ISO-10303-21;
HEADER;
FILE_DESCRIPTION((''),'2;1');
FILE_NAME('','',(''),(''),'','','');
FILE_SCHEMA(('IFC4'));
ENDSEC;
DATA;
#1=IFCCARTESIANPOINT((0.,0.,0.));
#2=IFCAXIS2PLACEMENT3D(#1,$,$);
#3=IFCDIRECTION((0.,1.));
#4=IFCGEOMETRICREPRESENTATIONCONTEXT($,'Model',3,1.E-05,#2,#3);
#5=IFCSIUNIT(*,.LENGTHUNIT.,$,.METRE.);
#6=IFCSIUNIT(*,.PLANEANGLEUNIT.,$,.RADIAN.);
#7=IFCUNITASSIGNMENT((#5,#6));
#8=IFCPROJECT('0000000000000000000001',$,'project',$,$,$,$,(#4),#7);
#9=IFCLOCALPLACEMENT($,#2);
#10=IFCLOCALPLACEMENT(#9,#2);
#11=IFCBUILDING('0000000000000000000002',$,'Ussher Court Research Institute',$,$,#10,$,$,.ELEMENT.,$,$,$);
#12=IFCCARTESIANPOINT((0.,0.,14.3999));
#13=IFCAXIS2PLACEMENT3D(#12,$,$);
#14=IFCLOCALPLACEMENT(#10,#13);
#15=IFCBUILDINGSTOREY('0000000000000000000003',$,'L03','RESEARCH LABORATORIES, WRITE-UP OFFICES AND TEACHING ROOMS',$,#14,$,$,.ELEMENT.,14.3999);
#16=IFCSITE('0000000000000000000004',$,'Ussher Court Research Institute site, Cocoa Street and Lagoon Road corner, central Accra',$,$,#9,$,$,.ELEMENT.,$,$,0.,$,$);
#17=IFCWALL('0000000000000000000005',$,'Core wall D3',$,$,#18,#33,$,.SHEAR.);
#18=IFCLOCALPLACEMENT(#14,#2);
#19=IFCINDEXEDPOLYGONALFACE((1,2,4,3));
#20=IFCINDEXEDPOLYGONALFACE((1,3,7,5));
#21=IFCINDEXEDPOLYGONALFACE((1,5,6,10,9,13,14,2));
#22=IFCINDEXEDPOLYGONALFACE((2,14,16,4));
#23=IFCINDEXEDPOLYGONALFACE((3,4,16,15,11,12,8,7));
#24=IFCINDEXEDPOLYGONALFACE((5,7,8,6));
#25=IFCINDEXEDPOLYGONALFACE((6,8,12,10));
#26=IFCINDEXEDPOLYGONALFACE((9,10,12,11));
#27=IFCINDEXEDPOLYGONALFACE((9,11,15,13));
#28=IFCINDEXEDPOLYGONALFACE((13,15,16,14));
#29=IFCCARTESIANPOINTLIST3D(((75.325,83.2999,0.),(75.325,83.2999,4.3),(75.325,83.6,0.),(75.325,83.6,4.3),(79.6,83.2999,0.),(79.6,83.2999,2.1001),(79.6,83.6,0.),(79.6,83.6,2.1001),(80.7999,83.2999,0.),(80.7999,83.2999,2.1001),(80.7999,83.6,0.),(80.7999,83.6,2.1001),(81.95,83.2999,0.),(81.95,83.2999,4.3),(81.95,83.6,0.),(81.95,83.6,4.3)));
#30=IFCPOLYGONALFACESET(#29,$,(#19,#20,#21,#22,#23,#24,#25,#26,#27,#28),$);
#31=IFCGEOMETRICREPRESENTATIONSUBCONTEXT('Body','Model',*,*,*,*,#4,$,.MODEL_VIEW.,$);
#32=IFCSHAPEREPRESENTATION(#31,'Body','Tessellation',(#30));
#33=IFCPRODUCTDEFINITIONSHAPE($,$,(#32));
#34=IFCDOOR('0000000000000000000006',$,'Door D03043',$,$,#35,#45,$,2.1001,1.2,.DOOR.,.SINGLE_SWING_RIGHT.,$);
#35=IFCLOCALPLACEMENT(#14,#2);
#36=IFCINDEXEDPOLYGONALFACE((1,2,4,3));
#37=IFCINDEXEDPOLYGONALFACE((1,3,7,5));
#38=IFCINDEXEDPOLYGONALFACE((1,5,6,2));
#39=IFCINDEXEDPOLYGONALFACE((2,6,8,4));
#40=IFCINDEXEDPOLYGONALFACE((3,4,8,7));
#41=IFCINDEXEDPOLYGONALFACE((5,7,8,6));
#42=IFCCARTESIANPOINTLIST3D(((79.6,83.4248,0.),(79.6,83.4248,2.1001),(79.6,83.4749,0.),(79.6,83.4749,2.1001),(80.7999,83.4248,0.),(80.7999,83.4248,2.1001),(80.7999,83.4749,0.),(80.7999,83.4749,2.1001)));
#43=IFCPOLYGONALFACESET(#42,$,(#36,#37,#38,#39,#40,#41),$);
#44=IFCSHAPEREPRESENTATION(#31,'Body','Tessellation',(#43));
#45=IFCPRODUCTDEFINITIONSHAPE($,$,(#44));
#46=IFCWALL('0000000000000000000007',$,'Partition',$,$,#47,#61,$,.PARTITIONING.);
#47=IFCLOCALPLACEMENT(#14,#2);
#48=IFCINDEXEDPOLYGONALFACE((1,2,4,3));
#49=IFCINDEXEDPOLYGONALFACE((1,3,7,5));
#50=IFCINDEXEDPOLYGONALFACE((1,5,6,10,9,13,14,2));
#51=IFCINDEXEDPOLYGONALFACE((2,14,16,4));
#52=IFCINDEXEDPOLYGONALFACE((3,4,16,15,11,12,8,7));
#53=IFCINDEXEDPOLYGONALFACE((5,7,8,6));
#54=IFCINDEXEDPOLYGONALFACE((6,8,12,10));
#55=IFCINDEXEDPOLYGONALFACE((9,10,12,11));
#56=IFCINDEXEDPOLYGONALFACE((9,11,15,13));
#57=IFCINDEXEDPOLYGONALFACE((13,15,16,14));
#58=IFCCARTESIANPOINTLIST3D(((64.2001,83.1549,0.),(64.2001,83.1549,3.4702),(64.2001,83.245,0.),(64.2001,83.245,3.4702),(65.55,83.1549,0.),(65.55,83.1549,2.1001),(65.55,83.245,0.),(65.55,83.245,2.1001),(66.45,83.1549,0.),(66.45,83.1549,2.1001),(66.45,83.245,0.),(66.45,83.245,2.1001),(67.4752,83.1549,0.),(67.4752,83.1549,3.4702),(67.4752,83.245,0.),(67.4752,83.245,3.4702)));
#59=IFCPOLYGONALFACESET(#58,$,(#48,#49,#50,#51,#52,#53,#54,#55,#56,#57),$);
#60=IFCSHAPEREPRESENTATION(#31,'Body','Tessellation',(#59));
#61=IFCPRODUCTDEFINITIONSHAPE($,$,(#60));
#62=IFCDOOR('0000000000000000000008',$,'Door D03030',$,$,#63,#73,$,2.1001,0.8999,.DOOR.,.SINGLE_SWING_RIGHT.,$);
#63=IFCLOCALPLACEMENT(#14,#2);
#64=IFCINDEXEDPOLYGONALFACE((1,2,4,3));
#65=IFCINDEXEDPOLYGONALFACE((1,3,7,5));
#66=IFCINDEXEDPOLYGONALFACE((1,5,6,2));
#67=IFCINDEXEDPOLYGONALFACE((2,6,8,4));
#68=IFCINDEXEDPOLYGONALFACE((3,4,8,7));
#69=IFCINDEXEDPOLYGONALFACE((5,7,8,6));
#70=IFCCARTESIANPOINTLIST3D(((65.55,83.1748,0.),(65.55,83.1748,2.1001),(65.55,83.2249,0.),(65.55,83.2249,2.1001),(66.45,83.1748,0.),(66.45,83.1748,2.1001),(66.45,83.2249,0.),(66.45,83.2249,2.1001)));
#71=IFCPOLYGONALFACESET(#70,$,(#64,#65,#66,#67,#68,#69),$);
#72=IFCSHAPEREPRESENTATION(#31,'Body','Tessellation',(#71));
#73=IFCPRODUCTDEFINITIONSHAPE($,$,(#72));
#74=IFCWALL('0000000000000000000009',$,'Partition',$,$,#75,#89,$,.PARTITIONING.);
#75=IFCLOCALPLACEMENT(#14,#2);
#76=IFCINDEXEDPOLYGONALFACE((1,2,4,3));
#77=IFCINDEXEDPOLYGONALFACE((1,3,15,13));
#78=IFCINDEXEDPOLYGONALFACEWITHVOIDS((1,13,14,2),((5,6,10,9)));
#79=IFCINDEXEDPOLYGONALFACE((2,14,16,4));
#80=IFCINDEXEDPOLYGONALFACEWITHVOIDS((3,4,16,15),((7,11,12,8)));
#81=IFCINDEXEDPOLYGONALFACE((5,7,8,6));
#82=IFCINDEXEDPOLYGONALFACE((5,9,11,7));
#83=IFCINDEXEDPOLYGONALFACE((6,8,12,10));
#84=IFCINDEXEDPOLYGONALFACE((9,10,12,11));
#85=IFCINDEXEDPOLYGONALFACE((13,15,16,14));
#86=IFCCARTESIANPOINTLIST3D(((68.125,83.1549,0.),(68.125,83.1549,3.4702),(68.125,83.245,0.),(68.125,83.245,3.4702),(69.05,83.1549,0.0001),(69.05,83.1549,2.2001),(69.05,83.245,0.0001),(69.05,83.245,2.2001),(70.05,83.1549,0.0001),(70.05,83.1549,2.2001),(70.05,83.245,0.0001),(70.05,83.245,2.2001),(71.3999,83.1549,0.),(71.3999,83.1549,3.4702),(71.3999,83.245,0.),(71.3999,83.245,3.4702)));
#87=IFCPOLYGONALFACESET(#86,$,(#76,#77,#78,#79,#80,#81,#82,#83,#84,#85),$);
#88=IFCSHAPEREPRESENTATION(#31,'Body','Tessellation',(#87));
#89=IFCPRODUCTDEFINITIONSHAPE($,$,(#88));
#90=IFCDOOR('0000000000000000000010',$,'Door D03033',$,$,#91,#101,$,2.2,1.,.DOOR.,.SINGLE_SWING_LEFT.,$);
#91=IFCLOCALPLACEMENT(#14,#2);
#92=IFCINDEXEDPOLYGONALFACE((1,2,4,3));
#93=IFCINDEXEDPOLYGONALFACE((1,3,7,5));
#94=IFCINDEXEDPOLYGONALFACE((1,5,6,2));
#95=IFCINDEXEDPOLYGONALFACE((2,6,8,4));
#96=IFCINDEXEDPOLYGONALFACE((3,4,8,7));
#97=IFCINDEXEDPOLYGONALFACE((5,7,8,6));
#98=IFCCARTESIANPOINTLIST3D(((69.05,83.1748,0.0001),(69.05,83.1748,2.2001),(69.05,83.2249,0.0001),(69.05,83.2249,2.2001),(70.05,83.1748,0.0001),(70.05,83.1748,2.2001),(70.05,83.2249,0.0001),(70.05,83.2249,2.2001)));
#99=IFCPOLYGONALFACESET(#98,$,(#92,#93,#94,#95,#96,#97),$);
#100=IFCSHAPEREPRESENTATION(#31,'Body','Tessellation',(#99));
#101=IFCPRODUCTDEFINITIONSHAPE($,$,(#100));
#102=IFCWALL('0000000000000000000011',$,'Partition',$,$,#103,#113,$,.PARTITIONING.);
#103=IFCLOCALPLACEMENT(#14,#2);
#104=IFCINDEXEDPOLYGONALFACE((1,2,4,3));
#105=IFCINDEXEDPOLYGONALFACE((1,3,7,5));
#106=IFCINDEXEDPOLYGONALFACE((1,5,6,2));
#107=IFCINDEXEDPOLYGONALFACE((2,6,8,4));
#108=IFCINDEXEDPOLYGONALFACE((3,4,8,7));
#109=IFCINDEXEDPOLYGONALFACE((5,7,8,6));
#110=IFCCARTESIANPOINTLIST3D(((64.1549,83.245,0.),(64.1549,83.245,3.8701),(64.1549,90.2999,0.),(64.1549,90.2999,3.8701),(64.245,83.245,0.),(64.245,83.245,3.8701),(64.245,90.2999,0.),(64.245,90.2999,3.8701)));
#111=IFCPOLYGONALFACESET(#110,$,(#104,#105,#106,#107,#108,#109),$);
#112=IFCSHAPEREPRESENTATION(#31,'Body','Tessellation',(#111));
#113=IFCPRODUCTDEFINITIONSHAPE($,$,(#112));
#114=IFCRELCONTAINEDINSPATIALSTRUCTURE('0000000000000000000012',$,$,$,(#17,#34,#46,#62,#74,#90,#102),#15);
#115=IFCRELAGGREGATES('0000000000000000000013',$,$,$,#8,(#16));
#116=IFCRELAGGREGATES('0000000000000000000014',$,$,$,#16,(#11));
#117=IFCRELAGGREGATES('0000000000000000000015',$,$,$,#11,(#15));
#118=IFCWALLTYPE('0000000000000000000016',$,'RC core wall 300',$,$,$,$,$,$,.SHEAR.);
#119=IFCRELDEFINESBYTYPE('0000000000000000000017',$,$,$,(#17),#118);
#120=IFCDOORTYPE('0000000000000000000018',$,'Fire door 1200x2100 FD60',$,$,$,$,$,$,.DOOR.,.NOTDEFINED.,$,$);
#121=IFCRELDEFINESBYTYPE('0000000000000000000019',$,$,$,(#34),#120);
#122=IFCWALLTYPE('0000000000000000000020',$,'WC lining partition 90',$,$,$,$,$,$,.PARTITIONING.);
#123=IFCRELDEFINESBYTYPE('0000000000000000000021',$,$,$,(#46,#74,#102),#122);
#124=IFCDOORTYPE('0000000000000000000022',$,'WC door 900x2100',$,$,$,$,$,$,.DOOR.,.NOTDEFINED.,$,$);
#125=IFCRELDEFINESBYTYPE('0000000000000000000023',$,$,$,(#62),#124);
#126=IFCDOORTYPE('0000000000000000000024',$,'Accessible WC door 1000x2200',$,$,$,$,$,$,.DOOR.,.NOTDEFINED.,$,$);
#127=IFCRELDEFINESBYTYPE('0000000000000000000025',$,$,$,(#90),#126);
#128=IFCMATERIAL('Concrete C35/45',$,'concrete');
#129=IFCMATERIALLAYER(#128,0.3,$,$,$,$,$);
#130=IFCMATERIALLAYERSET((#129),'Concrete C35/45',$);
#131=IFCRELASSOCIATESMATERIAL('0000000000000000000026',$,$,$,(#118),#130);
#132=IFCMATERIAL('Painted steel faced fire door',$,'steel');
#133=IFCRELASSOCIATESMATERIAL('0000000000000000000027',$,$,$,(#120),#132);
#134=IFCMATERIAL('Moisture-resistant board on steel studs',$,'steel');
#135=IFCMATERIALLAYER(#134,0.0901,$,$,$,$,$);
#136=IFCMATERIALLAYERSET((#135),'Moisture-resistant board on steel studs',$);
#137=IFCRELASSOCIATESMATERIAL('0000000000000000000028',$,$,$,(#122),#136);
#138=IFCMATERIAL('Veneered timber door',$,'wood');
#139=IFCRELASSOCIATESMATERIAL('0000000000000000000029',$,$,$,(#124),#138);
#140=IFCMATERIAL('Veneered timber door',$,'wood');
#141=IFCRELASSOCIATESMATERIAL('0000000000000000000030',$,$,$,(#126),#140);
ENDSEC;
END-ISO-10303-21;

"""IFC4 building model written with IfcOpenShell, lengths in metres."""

from ifc_helpers import new_model, si_unit, direction, frame, frame_2d, origin, place, context, subcontext, project, spatial, rectangle, extrude, material, layer, layer_set, type_object, element, fill, save


model = new_model("IFC4")

# Units and contexts
model_context = context("Model", 3, precision=1e-05, world=origin(), true_north=direction((0.0, 1.0)))
body_context = subcontext(model_context, "Body", "Model", "MODEL_VIEW")
ifc_project = project(units=[si_unit("LENGTHUNIT", "METRE"), si_unit("PLANEANGLEUNIT", "RADIAN")], contexts=[model_context])

# Site, building, storey
site_placement = place(None, origin())
site = spatial("IfcSite", under=ifc_project, at=site_placement, Name="Ussher Court Research Institute site, Cocoa Street and Lagoon Road corner, central Accra", CompositionType="ELEMENT", RefElevation=0.0)
building_placement = place(site_placement, origin())
building = spatial("IfcBuilding", under=site, at=building_placement, Name="Ussher Court Research Institute", CompositionType="ELEMENT")
storey_placement = place(building_placement, frame((0.0, 0.0, 14.3999)))
storey = spatial("IfcBuildingStorey", under=building, at=storey_placement, Name="L03", Description="RESEARCH LABORATORIES, WRITE-UP OFFICES AND TEACHING ROOMS", CompositionType="ELEMENT", Elevation=14.3999)

# Walls, openings, doors
ifc_material_1 = material(Name="Concrete C35/45", Category="concrete")
ifc_layer_1 = layer(ifc_material_1, 0.3)
ifc_layer_set_1 = layer_set([ifc_layer_1], Name="Concrete C35/45")
wall_type_1 = type_object("IfcWallType", Name="RC core wall 300", PredefinedType="SHEAR", material=ifc_layer_set_1)
wall_1_placement = place(storey_placement, frame((75.325, 83.45, 0.0), z_axis=(0.0, 0.0, 1.0), x_axis=(1.0, 0.0, 0.0)))
wall_1 = element("IfcWall", 1, at=wall_1_placement, inside=storey, type_object=wall_type_1, Name="Core wall D3", PredefinedType="SHEAR", context=body_context, shape_type="SweptSolid", body=[
    extrude(rectangle(XDim=6.625, YDim=0.3, at=frame_2d((3.3125, 0.0))), origin(), (0.0, 0.0, 1.0), 4.3),
])
opening_1_placement = place(wall_1_placement, frame((4.2749, 0.0, 0.0)))
opening_1 = element("IfcOpeningElement", 2, at=opening_1_placement, cuts=wall_1, PredefinedType="OPENING", context=body_context, shape_type="SweptSolid", body=[
    extrude(rectangle(XDim=1.2, YDim=2.1001, at=frame_2d((0.6001, 1.05))), frame((0.0, 0.1602, 0.0), z_axis=(0.0, -1.0, 0.0), x_axis=(1.0, 0.0, 0.0)), (0.0, 0.0, 1.0), 0.3201),
])
ifc_material_2 = material(Name="Painted steel faced fire door", Category="steel")
door_type_1 = type_object("IfcDoorType", Name="Fire door 1200x2100 FD60", OperationType="NOTDEFINED", PredefinedType="DOOR", material=ifc_material_2)
door_1_placement = place(opening_1_placement, origin())
door_1 = element("IfcDoor", 3, at=door_1_placement, inside=storey, type_object=door_type_1, Name="Door D03043", OperationType="SINGLE_SWING_RIGHT", OverallHeight=2.1001, OverallWidth=1.2, PredefinedType="DOOR", context=body_context, shape_type="SweptSolid", body=[
    extrude(rectangle(XDim=1.2, YDim=2.1001, at=frame_2d((0.6001, 1.05))), frame((0.0, 0.0249, 0.0), z_axis=(0.0, -1.0, 0.0), x_axis=(1.0, 0.0, 0.0)), (0.0, 0.0, 1.0), 0.05),
])
fill(opening_1, door_1)
ifc_material_3 = material(Name="Moisture-resistant board on steel studs", Category="steel")
ifc_layer_2 = layer(ifc_material_3, 0.0901)
ifc_layer_set_2 = layer_set([ifc_layer_2], Name="Moisture-resistant board on steel studs")
wall_type_2 = type_object("IfcWallType", Name="WC lining partition 90", PredefinedType="PARTITIONING", material=ifc_layer_set_2)
wall_2_placement = place(storey_placement, frame((64.2, 83.2, 0.0), z_axis=(0.0, 0.0, 1.0), x_axis=(1.0, 0.0, 0.0)))
wall_2 = element("IfcWall", 4, at=wall_2_placement, inside=storey, type_object=wall_type_2, Name="Partition", PredefinedType="PARTITIONING", context=body_context, shape_type="SweptSolid", body=[
    extrude(rectangle(XDim=3.2751, YDim=0.0901, at=frame_2d((1.6377, 0.0))), origin(), (0.0, 0.0, 1.0), 3.4702),
])
opening_2_placement = place(wall_2_placement, frame((1.3501, 0.0, 0.0)))
opening_2 = element("IfcOpeningElement", 5, at=opening_2_placement, cuts=wall_2, PredefinedType="OPENING", context=body_context, shape_type="SweptSolid", body=[
    extrude(rectangle(XDim=0.8999, YDim=2.1001, at=frame_2d((0.45, 1.05))), frame((0.0, 0.0552, 0.0), z_axis=(0.0, -1.0, 0.0), x_axis=(1.0, 0.0, 0.0)), (0.0, 0.0, 1.0), 0.1101),
])
ifc_material_4 = material(Name="Veneered timber door", Category="wood")
door_type_2 = type_object("IfcDoorType", Name="WC door 900x2100", OperationType="NOTDEFINED", PredefinedType="DOOR", material=ifc_material_4)
door_2_placement = place(opening_2_placement, origin())
door_2 = element("IfcDoor", 6, at=door_2_placement, inside=storey, type_object=door_type_2, Name="Door D03030", OperationType="SINGLE_SWING_RIGHT", OverallHeight=2.1001, OverallWidth=0.8999, PredefinedType="DOOR", context=body_context, shape_type="SweptSolid", body=[
    extrude(rectangle(XDim=0.8999, YDim=2.1001, at=frame_2d((0.45, 1.05))), frame((0.0, 0.0249, 0.0), z_axis=(0.0, -1.0, 0.0), x_axis=(1.0, 0.0, 0.0)), (0.0, 0.0, 1.0), 0.05),
])
fill(opening_2, door_2)
wall_3_placement = place(storey_placement, frame((68.125, 83.2, 0.0), z_axis=(0.0, 0.0, 1.0), x_axis=(1.0, 0.0, 0.0)))
wall_3 = element("IfcWall", 7, at=wall_3_placement, inside=storey, type_object=wall_type_2, Name="Partition", PredefinedType="PARTITIONING", context=body_context, shape_type="SweptSolid", body=[
    extrude(rectangle(XDim=3.2749, YDim=0.0901, at=frame_2d((1.6375, 0.0))), origin(), (0.0, 0.0, 1.0), 3.4702),
])
opening_3_placement = place(wall_3_placement, frame((0.925, 0.0, 0.0)))
opening_3 = element("IfcOpeningElement", 8, at=opening_3_placement, cuts=wall_3, PredefinedType="OPENING", context=body_context, shape_type="SweptSolid", body=[
    extrude(rectangle(XDim=1.0, YDim=2.2, at=frame_2d((0.5, 1.1001))), frame((0.0, 0.0552, 0.0), z_axis=(0.0, -1.0, 0.0), x_axis=(1.0, 0.0, 0.0)), (0.0, 0.0, 1.0), 0.1101),
])
ifc_material_5 = material(Name="Veneered timber door", Category="wood")
door_type_3 = type_object("IfcDoorType", Name="Accessible WC door 1000x2200", OperationType="NOTDEFINED", PredefinedType="DOOR", material=ifc_material_5)
door_3_placement = place(opening_3_placement, origin())
door_3 = element("IfcDoor", 9, at=door_3_placement, inside=storey, type_object=door_type_3, Name="Door D03033", OperationType="SINGLE_SWING_LEFT", OverallHeight=2.2, OverallWidth=1.0, PredefinedType="DOOR", context=body_context, shape_type="SweptSolid", body=[
    extrude(rectangle(XDim=1.0, YDim=2.2, at=frame_2d((0.5, 1.1001))), frame((0.0, 0.0249, 0.0), z_axis=(0.0, -1.0, 0.0), x_axis=(1.0, 0.0, 0.0)), (0.0, 0.0, 1.0), 0.05),
])
fill(opening_3, door_3)

# Wall
wall_4_placement = place(storey_placement, frame((64.2, 83.2451, 0.0), z_axis=(0.0, 0.0, 1.0), x_axis=(0.0, 1.0, 0.0)))
element("IfcWall", 10, at=wall_4_placement, inside=storey, type_object=wall_type_2, Name="Partition", PredefinedType="PARTITIONING", context=body_context, shape_type="SweptSolid", body=[
    extrude(rectangle(XDim=7.0549, YDim=0.0901, at=frame_2d((3.5273, 0.0))), origin(), (0.0, 0.0, 1.0), 3.8701),
])

save(model, "model.ifc")
